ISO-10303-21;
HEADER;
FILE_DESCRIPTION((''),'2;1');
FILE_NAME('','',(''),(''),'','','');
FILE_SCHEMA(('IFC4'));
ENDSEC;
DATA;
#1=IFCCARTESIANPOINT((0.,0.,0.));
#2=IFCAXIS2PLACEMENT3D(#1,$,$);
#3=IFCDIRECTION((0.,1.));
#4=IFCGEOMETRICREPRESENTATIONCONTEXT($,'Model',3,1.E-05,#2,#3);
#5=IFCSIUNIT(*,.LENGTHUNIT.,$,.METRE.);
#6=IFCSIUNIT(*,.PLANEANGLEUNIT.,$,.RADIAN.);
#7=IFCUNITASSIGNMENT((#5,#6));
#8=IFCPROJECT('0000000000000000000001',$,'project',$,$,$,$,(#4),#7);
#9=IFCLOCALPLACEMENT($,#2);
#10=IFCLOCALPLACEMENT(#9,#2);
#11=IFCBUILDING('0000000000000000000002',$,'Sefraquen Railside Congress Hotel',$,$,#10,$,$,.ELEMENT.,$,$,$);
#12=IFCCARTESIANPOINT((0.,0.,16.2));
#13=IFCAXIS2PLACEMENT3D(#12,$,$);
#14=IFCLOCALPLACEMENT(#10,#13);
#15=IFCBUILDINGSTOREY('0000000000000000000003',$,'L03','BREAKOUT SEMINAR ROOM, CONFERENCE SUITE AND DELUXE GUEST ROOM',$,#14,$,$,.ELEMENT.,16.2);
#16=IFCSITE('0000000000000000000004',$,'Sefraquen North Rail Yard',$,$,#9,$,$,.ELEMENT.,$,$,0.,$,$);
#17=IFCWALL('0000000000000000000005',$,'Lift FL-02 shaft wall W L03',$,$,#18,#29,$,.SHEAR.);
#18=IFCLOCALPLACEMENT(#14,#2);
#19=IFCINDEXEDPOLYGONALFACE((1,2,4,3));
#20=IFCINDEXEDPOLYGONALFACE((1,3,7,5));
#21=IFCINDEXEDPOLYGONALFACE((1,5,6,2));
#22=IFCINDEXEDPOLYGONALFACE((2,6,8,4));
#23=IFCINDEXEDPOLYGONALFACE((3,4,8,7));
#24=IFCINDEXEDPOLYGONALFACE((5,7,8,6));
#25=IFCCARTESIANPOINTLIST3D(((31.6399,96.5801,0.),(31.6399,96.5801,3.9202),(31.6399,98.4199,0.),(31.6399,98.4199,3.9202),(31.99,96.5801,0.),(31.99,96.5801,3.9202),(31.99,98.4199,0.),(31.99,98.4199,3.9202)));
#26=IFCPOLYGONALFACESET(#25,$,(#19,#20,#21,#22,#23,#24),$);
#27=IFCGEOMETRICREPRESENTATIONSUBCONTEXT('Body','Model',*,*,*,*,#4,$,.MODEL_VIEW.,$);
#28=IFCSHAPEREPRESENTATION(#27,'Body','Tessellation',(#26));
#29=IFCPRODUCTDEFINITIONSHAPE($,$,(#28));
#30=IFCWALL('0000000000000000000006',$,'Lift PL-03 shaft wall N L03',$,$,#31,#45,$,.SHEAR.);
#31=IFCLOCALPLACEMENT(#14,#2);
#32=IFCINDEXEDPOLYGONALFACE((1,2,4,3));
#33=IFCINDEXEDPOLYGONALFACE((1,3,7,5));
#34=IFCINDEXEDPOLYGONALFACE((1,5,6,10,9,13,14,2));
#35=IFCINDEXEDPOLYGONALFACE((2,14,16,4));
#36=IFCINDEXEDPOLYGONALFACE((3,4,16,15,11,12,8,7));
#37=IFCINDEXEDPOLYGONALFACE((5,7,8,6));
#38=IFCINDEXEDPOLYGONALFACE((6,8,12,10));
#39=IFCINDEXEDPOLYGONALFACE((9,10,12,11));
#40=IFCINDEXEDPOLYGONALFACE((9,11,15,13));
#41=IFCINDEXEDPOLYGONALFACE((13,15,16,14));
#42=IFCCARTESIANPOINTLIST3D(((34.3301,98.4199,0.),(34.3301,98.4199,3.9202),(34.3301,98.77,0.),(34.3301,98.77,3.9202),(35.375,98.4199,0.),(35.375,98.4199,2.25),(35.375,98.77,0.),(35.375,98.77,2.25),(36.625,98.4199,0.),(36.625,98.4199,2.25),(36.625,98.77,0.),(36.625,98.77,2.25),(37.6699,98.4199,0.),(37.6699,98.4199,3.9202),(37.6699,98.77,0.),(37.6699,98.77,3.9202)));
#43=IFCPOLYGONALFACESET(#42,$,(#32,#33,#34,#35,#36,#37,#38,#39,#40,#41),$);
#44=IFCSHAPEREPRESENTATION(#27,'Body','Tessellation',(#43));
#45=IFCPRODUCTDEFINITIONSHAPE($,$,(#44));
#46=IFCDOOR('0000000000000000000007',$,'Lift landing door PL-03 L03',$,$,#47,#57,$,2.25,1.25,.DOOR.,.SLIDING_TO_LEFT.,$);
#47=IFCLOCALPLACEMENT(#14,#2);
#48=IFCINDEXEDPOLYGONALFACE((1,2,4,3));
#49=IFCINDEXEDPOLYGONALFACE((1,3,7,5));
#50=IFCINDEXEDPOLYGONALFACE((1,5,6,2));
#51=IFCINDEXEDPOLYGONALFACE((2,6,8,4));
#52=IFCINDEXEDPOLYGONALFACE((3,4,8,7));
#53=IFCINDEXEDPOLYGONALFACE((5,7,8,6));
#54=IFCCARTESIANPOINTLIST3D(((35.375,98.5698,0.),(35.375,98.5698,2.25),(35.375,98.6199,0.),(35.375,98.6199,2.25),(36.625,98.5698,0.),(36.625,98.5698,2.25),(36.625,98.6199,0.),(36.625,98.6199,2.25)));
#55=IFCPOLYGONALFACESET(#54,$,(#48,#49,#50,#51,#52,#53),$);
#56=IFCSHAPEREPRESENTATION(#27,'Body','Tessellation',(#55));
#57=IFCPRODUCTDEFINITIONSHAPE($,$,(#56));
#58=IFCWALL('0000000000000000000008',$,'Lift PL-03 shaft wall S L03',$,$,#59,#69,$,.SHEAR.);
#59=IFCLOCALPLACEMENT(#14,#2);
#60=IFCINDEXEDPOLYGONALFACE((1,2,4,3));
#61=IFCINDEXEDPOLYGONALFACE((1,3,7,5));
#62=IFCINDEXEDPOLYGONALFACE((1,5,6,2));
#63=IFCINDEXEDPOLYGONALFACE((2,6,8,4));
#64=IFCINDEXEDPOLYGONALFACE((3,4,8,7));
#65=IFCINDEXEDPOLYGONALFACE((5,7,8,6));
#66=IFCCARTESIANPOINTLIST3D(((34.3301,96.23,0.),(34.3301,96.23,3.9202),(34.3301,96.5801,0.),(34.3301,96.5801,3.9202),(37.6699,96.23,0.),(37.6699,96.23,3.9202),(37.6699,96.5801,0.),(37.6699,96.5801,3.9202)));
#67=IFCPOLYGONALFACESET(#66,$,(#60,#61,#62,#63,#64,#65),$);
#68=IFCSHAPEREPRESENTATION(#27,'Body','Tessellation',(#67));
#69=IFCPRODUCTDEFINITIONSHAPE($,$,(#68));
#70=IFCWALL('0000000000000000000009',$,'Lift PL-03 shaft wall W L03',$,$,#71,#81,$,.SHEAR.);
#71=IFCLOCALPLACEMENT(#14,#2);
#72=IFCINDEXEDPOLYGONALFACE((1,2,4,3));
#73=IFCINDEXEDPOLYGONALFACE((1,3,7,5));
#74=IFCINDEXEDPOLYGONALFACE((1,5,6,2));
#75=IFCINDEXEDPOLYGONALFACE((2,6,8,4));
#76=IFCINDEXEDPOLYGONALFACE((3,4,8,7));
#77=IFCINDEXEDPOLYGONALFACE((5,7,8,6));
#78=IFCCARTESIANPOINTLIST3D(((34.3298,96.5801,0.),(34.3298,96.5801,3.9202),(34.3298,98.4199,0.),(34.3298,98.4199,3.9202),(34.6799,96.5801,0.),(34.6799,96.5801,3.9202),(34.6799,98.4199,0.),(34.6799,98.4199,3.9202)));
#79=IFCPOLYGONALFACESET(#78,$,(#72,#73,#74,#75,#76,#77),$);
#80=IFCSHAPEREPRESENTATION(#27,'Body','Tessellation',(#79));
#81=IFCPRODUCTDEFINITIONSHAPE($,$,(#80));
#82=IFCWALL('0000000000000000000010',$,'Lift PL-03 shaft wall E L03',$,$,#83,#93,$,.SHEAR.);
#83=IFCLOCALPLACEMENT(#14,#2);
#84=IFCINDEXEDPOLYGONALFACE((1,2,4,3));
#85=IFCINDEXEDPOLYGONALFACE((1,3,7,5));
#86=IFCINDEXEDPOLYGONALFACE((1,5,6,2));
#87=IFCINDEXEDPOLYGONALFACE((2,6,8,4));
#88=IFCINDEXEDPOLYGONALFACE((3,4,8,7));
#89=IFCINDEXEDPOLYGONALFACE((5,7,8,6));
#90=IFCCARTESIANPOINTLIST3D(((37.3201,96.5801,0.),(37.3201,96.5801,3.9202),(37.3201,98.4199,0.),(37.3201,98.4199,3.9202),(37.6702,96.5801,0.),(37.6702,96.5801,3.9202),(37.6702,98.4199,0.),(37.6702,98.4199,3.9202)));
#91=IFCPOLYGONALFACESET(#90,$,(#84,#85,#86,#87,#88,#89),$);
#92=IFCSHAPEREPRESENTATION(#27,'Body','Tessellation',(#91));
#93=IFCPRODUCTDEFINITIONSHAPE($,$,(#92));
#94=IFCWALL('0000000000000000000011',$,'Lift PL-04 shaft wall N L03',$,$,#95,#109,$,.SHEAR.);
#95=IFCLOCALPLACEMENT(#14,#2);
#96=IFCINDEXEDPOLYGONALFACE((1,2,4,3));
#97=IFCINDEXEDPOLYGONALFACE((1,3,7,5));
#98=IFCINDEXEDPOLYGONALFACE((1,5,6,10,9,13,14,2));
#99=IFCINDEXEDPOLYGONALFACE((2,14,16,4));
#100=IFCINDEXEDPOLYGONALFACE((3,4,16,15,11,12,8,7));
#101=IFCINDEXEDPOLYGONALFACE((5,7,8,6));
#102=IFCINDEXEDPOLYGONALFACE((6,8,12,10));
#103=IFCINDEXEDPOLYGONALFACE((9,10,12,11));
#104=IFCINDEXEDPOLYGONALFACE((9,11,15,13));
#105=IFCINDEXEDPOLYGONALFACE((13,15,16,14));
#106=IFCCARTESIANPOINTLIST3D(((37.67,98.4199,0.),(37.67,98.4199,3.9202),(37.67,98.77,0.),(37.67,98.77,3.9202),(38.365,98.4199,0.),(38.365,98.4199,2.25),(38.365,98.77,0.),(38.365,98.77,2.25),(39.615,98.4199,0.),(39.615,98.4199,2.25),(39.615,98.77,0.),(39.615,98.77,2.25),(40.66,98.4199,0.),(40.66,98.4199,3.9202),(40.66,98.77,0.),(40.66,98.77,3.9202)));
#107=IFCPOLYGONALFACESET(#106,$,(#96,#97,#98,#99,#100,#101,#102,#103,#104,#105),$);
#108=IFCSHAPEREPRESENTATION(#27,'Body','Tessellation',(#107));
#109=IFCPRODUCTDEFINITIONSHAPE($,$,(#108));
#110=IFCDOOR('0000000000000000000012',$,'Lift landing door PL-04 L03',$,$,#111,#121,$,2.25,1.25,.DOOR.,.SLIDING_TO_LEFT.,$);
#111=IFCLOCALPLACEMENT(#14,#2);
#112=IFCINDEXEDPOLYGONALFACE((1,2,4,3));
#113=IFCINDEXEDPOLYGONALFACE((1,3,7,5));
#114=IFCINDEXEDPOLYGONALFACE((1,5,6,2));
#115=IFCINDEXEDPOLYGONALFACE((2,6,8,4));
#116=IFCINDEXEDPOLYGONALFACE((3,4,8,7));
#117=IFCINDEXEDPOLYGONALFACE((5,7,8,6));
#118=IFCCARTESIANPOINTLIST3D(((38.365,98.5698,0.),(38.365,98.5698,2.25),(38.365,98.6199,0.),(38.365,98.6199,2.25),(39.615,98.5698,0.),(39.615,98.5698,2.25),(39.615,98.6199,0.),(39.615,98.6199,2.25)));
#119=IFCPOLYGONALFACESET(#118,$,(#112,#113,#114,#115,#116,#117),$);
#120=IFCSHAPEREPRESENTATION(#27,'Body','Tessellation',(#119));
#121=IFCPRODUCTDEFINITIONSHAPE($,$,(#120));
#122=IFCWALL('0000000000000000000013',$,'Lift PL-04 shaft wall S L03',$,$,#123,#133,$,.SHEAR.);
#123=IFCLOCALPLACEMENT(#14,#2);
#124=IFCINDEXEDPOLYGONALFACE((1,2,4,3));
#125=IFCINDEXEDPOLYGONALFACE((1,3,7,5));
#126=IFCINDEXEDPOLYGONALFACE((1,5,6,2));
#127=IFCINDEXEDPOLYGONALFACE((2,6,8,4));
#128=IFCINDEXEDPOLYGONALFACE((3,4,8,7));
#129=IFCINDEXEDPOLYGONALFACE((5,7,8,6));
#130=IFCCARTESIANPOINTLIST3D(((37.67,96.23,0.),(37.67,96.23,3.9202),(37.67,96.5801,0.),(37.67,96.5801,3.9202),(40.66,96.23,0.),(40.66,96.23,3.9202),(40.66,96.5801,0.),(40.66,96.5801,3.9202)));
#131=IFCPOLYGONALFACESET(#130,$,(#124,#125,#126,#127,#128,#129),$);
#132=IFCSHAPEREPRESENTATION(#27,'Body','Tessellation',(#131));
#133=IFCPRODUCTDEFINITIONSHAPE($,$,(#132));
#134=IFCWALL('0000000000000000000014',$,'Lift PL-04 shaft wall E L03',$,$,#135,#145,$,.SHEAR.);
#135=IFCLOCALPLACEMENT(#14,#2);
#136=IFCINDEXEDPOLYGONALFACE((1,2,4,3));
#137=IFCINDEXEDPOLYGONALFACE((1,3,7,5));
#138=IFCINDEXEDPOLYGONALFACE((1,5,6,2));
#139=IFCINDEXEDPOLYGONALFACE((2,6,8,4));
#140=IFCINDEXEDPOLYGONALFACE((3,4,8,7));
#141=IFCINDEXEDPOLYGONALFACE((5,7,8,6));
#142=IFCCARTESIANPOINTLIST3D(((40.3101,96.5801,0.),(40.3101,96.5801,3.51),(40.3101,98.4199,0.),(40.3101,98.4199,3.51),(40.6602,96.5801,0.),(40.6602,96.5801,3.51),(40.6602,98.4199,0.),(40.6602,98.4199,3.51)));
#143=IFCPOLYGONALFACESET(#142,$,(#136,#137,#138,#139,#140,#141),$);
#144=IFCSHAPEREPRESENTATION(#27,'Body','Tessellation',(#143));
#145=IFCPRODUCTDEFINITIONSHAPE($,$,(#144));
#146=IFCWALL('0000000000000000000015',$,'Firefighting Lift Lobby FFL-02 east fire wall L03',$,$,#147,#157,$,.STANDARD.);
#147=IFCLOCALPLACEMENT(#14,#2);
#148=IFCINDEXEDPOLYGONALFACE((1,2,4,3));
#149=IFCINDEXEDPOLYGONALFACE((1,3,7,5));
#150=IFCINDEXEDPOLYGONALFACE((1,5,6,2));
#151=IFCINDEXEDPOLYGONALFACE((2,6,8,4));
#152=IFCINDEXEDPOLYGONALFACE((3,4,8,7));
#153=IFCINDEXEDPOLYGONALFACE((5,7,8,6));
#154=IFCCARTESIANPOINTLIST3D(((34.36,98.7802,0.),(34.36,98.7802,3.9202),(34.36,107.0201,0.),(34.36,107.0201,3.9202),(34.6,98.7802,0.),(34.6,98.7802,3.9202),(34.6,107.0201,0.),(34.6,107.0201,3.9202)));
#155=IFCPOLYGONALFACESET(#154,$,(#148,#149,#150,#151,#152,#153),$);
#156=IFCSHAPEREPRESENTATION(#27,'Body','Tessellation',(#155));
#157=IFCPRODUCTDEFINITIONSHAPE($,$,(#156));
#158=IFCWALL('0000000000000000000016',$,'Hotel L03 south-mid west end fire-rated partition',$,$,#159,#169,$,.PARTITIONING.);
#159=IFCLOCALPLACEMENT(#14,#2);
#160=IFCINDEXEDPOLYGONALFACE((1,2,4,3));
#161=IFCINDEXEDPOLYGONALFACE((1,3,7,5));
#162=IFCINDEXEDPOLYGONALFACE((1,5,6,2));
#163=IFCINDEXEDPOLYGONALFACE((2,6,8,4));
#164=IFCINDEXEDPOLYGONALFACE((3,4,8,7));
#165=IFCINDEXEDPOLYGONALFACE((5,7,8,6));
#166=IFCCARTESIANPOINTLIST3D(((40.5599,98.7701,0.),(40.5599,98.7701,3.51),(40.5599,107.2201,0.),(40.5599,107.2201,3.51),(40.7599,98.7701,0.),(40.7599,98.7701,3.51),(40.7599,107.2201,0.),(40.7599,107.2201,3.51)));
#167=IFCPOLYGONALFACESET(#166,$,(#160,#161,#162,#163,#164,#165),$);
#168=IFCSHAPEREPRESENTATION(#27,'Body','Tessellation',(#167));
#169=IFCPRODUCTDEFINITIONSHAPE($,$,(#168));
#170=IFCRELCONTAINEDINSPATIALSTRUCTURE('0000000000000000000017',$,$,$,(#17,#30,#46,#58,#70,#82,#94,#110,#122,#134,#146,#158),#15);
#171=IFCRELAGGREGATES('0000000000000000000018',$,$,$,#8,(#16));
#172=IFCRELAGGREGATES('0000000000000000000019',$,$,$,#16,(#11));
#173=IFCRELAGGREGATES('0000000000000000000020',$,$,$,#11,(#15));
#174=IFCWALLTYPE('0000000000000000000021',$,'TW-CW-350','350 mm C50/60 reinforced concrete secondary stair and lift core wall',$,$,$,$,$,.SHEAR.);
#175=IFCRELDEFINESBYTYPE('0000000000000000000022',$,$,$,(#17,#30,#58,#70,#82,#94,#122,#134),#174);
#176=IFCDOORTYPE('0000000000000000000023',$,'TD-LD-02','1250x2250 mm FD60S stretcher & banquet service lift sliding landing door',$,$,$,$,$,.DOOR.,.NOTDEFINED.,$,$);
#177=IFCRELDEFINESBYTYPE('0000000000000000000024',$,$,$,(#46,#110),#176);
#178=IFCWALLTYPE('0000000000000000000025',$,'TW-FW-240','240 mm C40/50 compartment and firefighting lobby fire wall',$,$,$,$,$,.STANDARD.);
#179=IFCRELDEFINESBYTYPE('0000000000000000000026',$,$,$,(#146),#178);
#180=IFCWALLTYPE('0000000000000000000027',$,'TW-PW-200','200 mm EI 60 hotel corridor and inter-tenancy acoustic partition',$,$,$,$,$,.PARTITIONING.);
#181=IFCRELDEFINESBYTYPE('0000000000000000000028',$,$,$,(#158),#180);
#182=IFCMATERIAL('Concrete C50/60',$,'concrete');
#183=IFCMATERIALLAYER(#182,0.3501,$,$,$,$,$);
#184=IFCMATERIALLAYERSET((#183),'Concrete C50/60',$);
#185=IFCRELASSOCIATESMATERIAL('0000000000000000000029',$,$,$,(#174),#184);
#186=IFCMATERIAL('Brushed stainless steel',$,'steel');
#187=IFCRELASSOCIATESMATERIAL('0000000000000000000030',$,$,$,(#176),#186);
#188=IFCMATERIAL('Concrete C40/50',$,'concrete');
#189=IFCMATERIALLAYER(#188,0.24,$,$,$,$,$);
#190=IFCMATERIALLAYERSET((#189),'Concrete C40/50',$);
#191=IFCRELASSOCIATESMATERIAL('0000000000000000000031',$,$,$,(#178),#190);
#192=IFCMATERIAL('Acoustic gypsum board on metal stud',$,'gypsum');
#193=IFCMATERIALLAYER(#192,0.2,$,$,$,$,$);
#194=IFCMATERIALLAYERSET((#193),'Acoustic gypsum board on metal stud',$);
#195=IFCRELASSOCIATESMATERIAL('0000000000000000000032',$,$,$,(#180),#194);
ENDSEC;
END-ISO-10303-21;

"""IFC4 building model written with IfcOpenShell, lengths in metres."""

from ifc_helpers import new_model, si_unit, direction, frame, frame_2d, origin, place, context, subcontext, project, spatial, rectangle, extrude, material, layer, layer_set, type_object, element, fill, save


model = new_model("IFC4")

# Units and contexts
model_context = context("Model", 3, precision=1e-05, world=origin(), true_north=direction((0.0, 1.0)))
body_context = subcontext(model_context, "Body", "Model", "MODEL_VIEW")
ifc_project = project(units=[si_unit("LENGTHUNIT", "METRE"), si_unit("PLANEANGLEUNIT", "RADIAN")], contexts=[model_context])

# Site, building, storey
site_placement = place(None, origin())
site = spatial("IfcSite", under=ifc_project, at=site_placement, Name="Sefraquen North Rail Yard", CompositionType="ELEMENT", RefElevation=0.0)
building_placement = place(site_placement, origin())
building = spatial("IfcBuilding", under=site, at=building_placement, Name="Sefraquen Railside Congress Hotel", CompositionType="ELEMENT")
storey_placement = place(building_placement, frame((0.0, 0.0, 16.2)))
storey = spatial("IfcBuildingStorey", under=building, at=storey_placement, Name="L03", Description="BREAKOUT SEMINAR ROOM, CONFERENCE SUITE AND DELUXE GUEST ROOM", CompositionType="ELEMENT", Elevation=16.2)

# Shared definitions
ifc_material_1 = material(Name="Concrete C50/60", Category="concrete")
ifc_layer_1 = layer(ifc_material_1, 0.3501)
ifc_layer_set_1 = layer_set([ifc_layer_1], Name="Concrete C50/60")
wall_type_1 = type_object("IfcWallType", Name="TW-CW-350", Description="350 mm C50/60 reinforced concrete secondary stair and lift core wall", PredefinedType="SHEAR", material=ifc_layer_set_1)

# Wall
wall_1_placement = place(storey_placement, frame((31.8149, 96.5801, 0.0), z_axis=(0.0, 0.0, 1.0), x_axis=(0.0, 1.0, 0.0)))
element("IfcWall", 1, at=wall_1_placement, inside=storey, type_object=wall_type_1, Name="Lift FL-02 shaft wall W L03", PredefinedType="SHEAR", context=body_context, shape_type="SweptSolid", body=[
    extrude(rectangle(XDim=1.8398, YDim=0.3501, at=frame_2d((0.9199, 0.0))), origin(), (0.0, 0.0, 1.0), 3.9202),
])

# Wall, opening, door
wall_2_placement = place(storey_placement, frame((34.3301, 98.595, 0.0), z_axis=(0.0, 0.0, 1.0), x_axis=(1.0, 0.0, 0.0)))
wall_2 = element("IfcWall", 2, at=wall_2_placement, inside=storey, type_object=wall_type_1, Name="Lift PL-03 shaft wall N L03", PredefinedType="SHEAR", context=body_context, shape_type="SweptSolid", body=[
    extrude(rectangle(XDim=3.3398, YDim=0.3501, at=frame_2d((1.6699, 0.0))), origin(), (0.0, 0.0, 1.0), 3.9202),
])
opening_1_placement = place(wall_2_placement, frame((1.0449, 0.0, 0.0)))
opening_1 = element("IfcOpeningElement", 3, at=opening_1_placement, cuts=wall_2, PredefinedType="OPENING", context=body_context, shape_type="SweptSolid", body=[
    extrude(rectangle(XDim=1.25, YDim=2.25, at=frame_2d((0.625, 1.125))), frame((0.0, 0.1851, 0.0), z_axis=(0.0, -1.0, 0.0), x_axis=(1.0, 0.0, 0.0)), (0.0, 0.0, 1.0), 0.3701),
])
ifc_material_2 = material(Name="Brushed stainless steel", Category="steel")
door_type_1 = type_object("IfcDoorType", Name="TD-LD-02", Description="1250x2250 mm FD60S stretcher & banquet service lift sliding landing door", OperationType="NOTDEFINED", PredefinedType="DOOR", material=ifc_material_2)
door_1_placement = place(opening_1_placement, origin())
door_1 = element("IfcDoor", 4, at=door_1_placement, inside=storey, type_object=door_type_1, Name="Lift landing door PL-03 L03", OperationType="SLIDING_TO_LEFT", OverallHeight=2.25, OverallWidth=1.25, PredefinedType="DOOR", context=body_context, shape_type="SweptSolid", body=[
    extrude(rectangle(XDim=1.25, YDim=2.25, at=frame_2d((0.625, 1.125))), frame((0.0, 0.0249, 0.0), z_axis=(0.0, -1.0, 0.0), x_axis=(1.0, 0.0, 0.0)), (0.0, 0.0, 1.0), 0.05),
])
fill(opening_1, door_1)

# Walls
wall_3_placement = place(storey_placement, frame((34.3301, 96.405, 0.0), z_axis=(0.0, 0.0, 1.0), x_axis=(1.0, 0.0, 0.0)))
element("IfcWall", 5, at=wall_3_placement, inside=storey, type_object=wall_type_1, Name="Lift PL-03 shaft wall S L03", PredefinedType="SHEAR", context=body_context, shape_type="SweptSolid", body=[
    extrude(rectangle(XDim=3.3398, YDim=0.3501, at=frame_2d((1.6699, 0.0))), origin(), (0.0, 0.0, 1.0), 3.9202),
])
for number, where, z_axis, x_axis, name in (
    (6, (34.5049, 96.5801, 0.0), (0.0, 0.0, 1.0), (0.0, 1.0, 0.0), "Lift PL-03 shaft wall W L03"),
    (7, (37.4951, 96.5801, 0.0), (0.0, 0.0, 1.0), (0.0, 1.0, 0.0), "Lift PL-03 shaft wall E L03"),
):
    element("IfcWall", number, at=place(storey_placement, frame(where, z_axis=z_axis, x_axis=x_axis)), inside=storey, type_object=wall_type_1, Name=name, PredefinedType="SHEAR", context=body_context, shape_type="SweptSolid", body=[
        extrude(rectangle(XDim=1.8398, YDim=0.3501, at=frame_2d((0.9199, 0.0))), origin(), (0.0, 0.0, 1.0), 3.9202),
    ])

# Wall, opening, door
wall_4_placement = place(storey_placement, frame((37.6699, 98.595, 0.0), z_axis=(0.0, 0.0, 1.0), x_axis=(1.0, 0.0, 0.0)))
wall_4 = element("IfcWall", 8, at=wall_4_placement, inside=storey, type_object=wall_type_1, Name="Lift PL-04 shaft wall N L03", PredefinedType="SHEAR", context=body_context, shape_type="SweptSolid", body=[
    extrude(rectangle(XDim=2.99, YDim=0.3501, at=frame_2d((1.4951, 0.0))), origin(), (0.0, 0.0, 1.0), 3.9202),
])
opening_2_placement = place(wall_4_placement, frame((0.6951, 0.0, 0.0)))
opening_2 = element("IfcOpeningElement", 9, at=opening_2_placement, cuts=wall_4, PredefinedType="OPENING", context=body_context, shape_type="SweptSolid", body=[
    extrude(rectangle(XDim=1.25, YDim=2.25, at=frame_2d((0.625, 1.125))), frame((0.0, 0.1851, 0.0), z_axis=(0.0, -1.0, 0.0), x_axis=(1.0, 0.0, 0.0)), (0.0, 0.0, 1.0), 0.3701),
])
door_2_placement = place(opening_2_placement, origin())
door_2 = element("IfcDoor", 10, at=door_2_placement, inside=storey, type_object=door_type_1, Name="Lift landing door PL-04 L03", OperationType="SLIDING_TO_LEFT", OverallHeight=2.25, OverallWidth=1.25, PredefinedType="DOOR", context=body_context, shape_type="SweptSolid", body=[
    extrude(rectangle(XDim=1.25, YDim=2.25, at=frame_2d((0.625, 1.125))), frame((0.0, 0.0249, 0.0), z_axis=(0.0, -1.0, 0.0), x_axis=(1.0, 0.0, 0.0)), (0.0, 0.0, 1.0), 0.05),
])
fill(opening_2, door_2)

# Walls
wall_5_placement = place(storey_placement, frame((37.6699, 96.405, 0.0), z_axis=(0.0, 0.0, 1.0), x_axis=(1.0, 0.0, 0.0)))
element("IfcWall", 11, at=wall_5_placement, inside=storey, type_object=wall_type_1, Name="Lift PL-04 shaft wall S L03", PredefinedType="SHEAR", context=body_context, shape_type="SweptSolid", body=[
    extrude(rectangle(XDim=2.99, YDim=0.3501, at=frame_2d((1.4951, 0.0))), origin(), (0.0, 0.0, 1.0), 3.9202),
])
wall_6_placement = place(storey_placement, frame((40.4851, 96.5801, 0.0), z_axis=(0.0, 0.0, 1.0), x_axis=(0.0, 1.0, 0.0)))
element("IfcWall", 12, at=wall_6_placement, inside=storey, type_object=wall_type_1, Name="Lift PL-04 shaft wall E L03", PredefinedType="SHEAR", context=body_context, shape_type="SweptSolid", body=[
    extrude(rectangle(XDim=1.8398, YDim=0.3501, at=frame_2d((0.9199, 0.0))), origin(), (0.0, 0.0, 1.0), 3.51),
])
ifc_material_3 = material(Name="Concrete C40/50", Category="concrete")
ifc_layer_2 = layer(ifc_material_3, 0.24)
ifc_layer_set_2 = layer_set([ifc_layer_2], Name="Concrete C40/50")
wall_type_2 = type_object("IfcWallType", Name="TW-FW-240", Description="240 mm C40/50 compartment and firefighting lobby fire wall", PredefinedType="STANDARD", material=ifc_layer_set_2)
wall_7_placement = place(storey_placement, frame((34.48, 98.78, 0.0), z_axis=(0.0, 0.0, 1.0), x_axis=(0.0, 1.0, 0.0)))
element("IfcWall", 13, at=wall_7_placement, inside=storey, type_object=wall_type_2, Name="Firefighting Lift Lobby FFL-02 east fire wall L03", PredefinedType="STANDARD", context=body_context, shape_type="SweptSolid", body=[
    extrude(rectangle(XDim=8.24, YDim=0.24, at=frame_2d((4.1201, 0.0))), origin(), (0.0, 0.0, 1.0), 3.9202),
])
ifc_material_4 = material(Name="Acoustic gypsum board on metal stud", Category="gypsum")
ifc_layer_3 = layer(ifc_material_4, 0.2)
ifc_layer_set_3 = layer_set([ifc_layer_3], Name="Acoustic gypsum board on metal stud")
wall_type_3 = type_object("IfcWallType", Name="TW-PW-200", Description="200 mm EI 60 hotel corridor and inter-tenancy acoustic partition", PredefinedType="PARTITIONING", material=ifc_layer_set_3)
wall_8_placement = place(storey_placement, frame((40.6599, 98.77, 0.0), z_axis=(0.0, 0.0, 1.0), x_axis=(0.0, 1.0, 0.0)))
element("IfcWall", 14, at=wall_8_placement, inside=storey, type_object=wall_type_3, Name="Hotel L03 south-mid west end fire-rated partition", PredefinedType="PARTITIONING", context=body_context, shape_type="SweptSolid", body=[
    extrude(rectangle(XDim=8.45, YDim=0.2, at=frame_2d((4.2251, 0.0))), origin(), (0.0, 0.0, 1.0), 3.51),
])

save(model, "model.ifc")
